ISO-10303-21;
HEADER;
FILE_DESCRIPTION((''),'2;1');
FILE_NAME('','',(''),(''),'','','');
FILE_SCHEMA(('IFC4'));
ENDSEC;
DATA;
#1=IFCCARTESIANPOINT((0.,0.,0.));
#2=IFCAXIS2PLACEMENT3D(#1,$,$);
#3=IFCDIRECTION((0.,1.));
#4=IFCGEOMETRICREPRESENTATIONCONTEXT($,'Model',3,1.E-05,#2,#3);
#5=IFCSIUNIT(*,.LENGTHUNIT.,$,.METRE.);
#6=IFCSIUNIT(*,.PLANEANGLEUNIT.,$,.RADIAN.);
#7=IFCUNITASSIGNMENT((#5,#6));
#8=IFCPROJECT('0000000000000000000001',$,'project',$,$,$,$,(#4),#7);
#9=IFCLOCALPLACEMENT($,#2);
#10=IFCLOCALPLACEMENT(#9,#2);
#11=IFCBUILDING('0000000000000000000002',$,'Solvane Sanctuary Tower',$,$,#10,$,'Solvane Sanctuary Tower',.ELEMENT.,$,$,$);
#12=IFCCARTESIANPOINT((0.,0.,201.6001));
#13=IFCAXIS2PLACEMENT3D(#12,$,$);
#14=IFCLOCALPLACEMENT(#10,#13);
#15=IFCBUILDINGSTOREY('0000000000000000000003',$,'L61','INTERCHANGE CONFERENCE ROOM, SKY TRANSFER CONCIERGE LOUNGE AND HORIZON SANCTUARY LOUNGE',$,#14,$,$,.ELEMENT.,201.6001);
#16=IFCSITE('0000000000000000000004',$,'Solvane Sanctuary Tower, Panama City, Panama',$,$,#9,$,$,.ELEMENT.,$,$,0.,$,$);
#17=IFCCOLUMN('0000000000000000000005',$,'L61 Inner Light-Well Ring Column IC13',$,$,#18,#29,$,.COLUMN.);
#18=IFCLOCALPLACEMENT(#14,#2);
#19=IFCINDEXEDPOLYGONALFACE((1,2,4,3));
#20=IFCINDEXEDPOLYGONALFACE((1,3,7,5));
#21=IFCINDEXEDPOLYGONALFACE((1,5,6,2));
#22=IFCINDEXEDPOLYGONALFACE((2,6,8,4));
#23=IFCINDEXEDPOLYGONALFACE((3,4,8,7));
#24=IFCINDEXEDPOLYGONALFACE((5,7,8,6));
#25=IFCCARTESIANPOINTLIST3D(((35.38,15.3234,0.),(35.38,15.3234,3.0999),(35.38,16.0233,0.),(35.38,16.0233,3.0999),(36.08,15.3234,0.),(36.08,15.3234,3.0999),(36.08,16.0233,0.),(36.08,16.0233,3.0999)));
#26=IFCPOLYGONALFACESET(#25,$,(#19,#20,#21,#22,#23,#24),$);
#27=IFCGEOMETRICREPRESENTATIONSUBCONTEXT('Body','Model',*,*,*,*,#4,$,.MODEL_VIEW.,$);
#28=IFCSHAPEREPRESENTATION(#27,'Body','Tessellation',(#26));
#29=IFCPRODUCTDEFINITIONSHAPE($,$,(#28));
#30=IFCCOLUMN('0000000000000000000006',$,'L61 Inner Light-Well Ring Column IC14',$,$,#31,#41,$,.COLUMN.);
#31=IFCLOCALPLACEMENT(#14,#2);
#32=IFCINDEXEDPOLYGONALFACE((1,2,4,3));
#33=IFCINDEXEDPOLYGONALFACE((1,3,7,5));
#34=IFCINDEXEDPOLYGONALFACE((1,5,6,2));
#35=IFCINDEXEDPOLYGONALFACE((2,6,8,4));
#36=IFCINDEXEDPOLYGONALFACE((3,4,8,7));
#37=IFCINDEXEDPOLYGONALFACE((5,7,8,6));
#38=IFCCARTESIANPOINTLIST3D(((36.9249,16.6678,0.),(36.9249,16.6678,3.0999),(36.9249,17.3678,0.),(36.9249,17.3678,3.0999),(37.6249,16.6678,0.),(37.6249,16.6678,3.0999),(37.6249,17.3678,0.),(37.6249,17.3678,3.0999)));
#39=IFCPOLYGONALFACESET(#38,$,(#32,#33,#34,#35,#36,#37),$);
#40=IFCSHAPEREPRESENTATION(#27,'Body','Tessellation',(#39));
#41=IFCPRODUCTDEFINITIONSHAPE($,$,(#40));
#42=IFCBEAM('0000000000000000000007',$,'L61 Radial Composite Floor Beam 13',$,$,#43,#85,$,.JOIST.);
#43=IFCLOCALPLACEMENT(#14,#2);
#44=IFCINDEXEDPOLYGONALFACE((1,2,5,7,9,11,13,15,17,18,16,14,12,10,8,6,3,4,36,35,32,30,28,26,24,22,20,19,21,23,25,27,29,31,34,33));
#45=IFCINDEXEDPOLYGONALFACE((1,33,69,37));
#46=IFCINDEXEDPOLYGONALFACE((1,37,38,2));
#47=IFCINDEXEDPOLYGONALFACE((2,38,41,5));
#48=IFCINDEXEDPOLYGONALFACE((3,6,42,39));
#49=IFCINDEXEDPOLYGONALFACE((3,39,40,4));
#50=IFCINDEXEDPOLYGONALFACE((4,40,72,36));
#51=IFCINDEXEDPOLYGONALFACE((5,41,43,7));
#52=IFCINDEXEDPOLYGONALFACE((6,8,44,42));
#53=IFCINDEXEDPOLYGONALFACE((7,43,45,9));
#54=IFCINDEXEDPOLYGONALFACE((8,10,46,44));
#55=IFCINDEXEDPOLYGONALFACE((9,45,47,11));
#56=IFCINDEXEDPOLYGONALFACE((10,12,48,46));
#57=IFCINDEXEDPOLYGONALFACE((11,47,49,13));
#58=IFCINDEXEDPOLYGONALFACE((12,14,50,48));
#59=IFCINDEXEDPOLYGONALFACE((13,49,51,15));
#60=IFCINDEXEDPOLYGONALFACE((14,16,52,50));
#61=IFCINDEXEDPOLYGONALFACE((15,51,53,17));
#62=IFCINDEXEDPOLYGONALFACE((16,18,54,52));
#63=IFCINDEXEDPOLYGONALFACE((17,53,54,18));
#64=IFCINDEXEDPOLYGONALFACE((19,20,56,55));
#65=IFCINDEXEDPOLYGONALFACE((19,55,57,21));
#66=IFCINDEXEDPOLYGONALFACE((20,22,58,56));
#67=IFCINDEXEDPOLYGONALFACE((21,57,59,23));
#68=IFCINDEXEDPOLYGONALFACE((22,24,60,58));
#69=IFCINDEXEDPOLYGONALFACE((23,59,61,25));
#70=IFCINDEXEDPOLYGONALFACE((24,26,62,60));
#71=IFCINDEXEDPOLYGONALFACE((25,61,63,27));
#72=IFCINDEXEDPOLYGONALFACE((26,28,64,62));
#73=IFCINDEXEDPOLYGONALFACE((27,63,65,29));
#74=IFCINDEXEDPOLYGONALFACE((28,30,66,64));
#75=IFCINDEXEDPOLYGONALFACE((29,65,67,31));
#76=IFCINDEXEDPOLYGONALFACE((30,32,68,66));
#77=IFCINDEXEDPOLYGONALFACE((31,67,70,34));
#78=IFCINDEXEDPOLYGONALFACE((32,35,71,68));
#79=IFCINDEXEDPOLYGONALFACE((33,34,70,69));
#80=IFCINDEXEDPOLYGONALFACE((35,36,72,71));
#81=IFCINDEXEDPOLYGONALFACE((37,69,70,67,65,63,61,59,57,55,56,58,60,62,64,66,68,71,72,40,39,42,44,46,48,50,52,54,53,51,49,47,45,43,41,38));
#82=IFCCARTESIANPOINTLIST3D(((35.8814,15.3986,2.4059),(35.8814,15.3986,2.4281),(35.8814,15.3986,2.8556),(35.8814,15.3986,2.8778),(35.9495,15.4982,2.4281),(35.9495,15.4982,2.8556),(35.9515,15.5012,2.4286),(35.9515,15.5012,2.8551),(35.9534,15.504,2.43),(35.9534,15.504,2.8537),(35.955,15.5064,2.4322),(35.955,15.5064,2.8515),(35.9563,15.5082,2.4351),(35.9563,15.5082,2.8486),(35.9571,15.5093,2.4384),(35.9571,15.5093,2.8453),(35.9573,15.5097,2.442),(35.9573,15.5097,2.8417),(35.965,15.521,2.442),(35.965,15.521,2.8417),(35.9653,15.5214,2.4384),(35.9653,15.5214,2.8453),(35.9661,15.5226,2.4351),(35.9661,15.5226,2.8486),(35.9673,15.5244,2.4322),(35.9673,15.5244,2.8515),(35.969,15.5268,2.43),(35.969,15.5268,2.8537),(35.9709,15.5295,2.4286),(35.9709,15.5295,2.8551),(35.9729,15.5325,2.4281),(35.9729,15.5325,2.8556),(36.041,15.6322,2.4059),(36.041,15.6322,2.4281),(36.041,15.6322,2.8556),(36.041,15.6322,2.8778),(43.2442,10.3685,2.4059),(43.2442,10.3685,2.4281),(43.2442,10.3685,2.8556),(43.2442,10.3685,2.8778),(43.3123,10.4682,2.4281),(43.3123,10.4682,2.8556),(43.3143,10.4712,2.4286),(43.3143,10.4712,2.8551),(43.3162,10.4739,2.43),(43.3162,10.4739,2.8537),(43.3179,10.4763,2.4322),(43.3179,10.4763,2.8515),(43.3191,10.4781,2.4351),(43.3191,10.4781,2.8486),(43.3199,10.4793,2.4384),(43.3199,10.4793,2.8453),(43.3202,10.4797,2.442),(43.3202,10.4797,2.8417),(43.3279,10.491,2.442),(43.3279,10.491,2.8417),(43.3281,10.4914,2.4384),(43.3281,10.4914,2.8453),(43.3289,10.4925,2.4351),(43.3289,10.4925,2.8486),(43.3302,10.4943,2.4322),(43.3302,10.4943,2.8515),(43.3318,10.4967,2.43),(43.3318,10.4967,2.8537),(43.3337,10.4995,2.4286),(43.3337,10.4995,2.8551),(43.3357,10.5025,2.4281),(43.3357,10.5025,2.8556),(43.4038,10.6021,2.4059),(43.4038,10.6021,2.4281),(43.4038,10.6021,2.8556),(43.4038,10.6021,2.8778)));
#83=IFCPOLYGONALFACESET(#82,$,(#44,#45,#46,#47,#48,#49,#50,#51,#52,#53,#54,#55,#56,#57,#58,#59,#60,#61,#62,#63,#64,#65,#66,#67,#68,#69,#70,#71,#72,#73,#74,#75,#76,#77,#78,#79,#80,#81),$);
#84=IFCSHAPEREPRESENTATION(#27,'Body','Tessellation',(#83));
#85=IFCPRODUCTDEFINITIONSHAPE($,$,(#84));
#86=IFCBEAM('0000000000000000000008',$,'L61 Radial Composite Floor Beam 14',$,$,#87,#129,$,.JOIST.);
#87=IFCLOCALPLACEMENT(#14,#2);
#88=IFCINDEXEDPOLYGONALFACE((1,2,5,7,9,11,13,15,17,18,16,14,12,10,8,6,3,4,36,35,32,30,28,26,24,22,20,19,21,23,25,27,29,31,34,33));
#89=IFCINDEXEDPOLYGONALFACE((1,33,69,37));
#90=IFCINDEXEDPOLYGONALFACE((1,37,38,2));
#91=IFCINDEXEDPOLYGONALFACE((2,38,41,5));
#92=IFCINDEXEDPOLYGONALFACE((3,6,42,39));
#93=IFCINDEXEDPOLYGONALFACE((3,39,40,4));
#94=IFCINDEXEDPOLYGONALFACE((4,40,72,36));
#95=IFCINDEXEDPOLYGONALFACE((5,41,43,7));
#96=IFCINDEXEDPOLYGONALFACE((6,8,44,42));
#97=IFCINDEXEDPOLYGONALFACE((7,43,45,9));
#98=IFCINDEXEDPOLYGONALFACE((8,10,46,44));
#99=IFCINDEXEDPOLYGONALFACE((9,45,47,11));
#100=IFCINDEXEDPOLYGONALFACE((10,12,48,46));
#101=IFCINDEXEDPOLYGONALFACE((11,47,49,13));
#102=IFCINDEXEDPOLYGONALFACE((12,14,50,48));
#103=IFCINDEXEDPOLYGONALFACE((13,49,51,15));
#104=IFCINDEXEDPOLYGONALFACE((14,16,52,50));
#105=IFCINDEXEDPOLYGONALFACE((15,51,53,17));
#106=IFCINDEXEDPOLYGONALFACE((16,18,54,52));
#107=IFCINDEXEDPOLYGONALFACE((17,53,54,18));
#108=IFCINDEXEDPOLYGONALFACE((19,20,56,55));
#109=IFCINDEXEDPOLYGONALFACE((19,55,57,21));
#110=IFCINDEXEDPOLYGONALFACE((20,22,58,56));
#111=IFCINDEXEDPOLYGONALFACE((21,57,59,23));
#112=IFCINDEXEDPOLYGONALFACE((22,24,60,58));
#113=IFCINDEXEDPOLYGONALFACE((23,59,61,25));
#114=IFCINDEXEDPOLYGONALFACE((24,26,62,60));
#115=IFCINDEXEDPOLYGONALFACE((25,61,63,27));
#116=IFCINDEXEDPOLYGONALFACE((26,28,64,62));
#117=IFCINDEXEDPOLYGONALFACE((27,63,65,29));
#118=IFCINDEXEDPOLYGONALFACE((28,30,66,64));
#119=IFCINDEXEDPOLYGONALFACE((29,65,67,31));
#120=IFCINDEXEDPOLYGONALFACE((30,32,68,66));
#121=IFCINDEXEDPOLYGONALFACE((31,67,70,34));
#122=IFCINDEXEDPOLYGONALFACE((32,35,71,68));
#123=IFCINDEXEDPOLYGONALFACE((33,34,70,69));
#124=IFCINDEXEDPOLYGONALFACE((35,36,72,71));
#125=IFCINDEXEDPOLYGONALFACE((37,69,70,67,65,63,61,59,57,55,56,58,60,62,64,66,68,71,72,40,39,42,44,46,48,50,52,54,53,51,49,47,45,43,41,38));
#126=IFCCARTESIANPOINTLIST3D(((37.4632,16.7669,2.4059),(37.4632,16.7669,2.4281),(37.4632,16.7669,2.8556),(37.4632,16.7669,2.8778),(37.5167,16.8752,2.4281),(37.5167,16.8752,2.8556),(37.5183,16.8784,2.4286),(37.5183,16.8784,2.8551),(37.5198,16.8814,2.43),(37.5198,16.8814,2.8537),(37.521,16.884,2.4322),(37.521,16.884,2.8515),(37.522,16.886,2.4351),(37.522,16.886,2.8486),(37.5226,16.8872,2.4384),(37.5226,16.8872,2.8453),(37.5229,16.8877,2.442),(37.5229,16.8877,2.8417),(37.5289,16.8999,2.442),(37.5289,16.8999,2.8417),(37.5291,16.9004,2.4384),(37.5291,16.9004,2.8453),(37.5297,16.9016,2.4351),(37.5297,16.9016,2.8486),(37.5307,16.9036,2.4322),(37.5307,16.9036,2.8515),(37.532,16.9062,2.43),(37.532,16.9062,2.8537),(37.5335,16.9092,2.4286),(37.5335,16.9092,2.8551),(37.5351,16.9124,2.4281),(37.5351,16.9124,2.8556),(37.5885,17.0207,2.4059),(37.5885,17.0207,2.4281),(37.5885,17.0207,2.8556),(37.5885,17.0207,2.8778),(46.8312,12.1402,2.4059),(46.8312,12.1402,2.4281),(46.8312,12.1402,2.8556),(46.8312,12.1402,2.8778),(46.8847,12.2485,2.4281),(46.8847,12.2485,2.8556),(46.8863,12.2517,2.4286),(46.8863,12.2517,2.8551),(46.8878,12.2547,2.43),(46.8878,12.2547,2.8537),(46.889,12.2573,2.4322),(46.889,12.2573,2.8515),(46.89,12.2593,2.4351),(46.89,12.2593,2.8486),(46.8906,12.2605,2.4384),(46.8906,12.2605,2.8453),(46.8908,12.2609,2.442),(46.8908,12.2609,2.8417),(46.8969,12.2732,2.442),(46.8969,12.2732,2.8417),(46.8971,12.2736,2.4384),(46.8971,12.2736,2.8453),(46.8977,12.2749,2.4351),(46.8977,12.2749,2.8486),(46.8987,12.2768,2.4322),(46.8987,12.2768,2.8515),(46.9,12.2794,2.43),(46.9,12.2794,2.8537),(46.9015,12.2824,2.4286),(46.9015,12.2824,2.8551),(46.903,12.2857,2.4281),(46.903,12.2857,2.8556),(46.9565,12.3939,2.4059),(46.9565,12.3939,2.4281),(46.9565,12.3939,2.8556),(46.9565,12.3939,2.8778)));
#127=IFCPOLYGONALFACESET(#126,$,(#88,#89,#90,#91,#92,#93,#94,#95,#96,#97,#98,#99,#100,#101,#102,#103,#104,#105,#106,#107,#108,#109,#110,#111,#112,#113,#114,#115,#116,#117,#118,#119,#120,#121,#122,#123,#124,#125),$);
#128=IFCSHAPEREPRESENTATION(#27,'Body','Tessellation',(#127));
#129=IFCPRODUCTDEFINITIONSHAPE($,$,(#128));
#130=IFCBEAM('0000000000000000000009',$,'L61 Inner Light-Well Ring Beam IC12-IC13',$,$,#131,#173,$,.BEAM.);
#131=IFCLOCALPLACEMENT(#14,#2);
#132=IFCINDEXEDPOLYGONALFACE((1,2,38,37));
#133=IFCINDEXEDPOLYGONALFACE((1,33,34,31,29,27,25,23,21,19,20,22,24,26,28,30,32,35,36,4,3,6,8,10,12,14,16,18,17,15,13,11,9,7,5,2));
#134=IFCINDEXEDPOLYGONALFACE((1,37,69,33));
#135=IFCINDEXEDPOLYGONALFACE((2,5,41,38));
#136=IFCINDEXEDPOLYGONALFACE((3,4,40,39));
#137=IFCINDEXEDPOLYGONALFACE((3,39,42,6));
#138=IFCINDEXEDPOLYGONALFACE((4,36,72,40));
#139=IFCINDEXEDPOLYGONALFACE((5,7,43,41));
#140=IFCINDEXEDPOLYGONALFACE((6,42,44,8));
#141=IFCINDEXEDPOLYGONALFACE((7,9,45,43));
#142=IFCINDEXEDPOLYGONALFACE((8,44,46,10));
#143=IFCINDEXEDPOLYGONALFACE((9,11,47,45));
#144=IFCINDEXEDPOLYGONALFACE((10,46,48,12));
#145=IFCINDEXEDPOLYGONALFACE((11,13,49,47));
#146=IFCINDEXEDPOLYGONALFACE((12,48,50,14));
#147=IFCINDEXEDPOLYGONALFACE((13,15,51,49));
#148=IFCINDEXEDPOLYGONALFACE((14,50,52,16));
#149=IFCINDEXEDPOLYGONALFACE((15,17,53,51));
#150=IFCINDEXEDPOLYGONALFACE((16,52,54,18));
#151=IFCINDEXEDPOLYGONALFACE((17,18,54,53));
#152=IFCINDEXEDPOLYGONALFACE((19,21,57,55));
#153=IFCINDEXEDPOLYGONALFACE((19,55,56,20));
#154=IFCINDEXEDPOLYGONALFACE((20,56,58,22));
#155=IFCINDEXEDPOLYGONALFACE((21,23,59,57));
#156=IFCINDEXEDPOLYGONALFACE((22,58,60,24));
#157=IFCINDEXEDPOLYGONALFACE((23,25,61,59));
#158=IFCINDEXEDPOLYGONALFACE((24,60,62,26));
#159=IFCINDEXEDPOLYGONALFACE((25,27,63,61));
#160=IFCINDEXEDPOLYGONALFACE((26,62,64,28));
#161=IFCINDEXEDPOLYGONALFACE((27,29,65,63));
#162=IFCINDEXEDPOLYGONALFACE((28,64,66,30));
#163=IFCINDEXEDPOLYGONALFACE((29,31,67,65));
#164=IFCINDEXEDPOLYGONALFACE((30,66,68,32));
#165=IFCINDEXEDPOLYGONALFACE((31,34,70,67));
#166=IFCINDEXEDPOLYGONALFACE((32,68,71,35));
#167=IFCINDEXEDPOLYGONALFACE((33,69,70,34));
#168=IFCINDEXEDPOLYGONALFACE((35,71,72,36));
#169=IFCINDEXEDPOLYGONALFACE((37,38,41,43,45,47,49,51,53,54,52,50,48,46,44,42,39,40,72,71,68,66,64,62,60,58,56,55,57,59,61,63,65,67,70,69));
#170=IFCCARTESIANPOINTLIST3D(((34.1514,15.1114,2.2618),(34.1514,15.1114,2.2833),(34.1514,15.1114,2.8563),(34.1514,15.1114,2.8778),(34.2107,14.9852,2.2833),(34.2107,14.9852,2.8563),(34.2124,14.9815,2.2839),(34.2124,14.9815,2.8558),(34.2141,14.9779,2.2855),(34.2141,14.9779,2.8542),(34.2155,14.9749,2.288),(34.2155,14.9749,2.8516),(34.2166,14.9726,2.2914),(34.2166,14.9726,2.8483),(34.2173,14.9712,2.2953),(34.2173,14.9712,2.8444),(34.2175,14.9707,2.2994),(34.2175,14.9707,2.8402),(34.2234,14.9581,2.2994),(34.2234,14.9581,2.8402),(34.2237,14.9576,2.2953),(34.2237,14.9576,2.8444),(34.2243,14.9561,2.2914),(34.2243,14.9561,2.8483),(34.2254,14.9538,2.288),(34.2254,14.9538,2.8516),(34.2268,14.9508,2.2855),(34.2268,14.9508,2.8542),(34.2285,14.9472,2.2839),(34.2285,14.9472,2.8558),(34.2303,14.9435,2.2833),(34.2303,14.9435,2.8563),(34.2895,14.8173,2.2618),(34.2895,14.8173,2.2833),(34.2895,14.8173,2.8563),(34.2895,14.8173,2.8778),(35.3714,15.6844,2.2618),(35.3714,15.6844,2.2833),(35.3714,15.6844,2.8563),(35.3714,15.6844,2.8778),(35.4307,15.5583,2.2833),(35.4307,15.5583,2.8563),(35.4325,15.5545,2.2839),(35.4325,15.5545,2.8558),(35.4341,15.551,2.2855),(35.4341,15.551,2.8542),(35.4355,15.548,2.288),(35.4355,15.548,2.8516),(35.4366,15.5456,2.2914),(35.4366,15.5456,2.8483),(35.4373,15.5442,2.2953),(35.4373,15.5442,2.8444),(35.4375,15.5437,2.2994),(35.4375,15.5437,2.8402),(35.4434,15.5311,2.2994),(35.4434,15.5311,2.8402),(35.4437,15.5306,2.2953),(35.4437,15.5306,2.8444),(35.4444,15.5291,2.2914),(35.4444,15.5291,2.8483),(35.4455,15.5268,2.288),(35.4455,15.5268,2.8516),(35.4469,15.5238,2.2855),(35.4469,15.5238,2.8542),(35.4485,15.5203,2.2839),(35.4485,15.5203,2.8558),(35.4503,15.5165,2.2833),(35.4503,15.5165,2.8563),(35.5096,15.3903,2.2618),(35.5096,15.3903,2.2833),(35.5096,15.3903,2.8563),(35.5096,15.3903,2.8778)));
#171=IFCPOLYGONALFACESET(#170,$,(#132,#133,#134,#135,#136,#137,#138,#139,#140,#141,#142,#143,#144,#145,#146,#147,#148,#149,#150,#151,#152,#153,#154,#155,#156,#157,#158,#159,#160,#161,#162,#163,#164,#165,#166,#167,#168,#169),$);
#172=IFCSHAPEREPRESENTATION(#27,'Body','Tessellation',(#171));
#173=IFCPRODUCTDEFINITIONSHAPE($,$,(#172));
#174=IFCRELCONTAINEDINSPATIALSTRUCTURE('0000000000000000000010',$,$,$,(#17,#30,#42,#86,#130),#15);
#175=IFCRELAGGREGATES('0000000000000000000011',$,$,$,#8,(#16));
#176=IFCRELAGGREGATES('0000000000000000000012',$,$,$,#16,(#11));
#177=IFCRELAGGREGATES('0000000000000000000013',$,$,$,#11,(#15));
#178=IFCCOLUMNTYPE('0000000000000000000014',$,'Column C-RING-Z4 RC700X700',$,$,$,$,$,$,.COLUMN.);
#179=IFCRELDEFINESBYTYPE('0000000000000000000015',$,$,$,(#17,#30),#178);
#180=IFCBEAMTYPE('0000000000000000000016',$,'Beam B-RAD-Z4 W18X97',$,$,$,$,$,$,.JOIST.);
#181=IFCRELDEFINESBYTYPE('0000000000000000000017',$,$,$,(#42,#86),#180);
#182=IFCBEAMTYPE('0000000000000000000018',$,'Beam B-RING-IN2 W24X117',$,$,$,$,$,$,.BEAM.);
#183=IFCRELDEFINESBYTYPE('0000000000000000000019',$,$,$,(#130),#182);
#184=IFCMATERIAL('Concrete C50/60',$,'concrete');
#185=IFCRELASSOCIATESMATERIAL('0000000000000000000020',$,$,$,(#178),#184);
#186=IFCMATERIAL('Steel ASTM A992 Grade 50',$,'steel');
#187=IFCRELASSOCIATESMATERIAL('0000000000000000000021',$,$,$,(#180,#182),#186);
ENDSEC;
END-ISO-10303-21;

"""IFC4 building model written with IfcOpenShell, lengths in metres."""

from ifc_helpers import new_model, si_unit, direction, frame, origin, origin_2d, place, context, subcontext, project, spatial, rectangle, i_section, extrude, material, material_profile, profile_set, type_object, element, save


model = new_model("IFC4")

# Units and contexts
model_context = context("Model", 3, precision=1e-05, world=origin(), true_north=direction((0.0, 1.0)))
body_context = subcontext(model_context, "Body", "Model", "MODEL_VIEW")
ifc_project = project(units=[si_unit("LENGTHUNIT", "METRE"), si_unit("PLANEANGLEUNIT", "RADIAN")], contexts=[model_context])

# Site, building, storey
site_placement = place(None, origin())
site = spatial("IfcSite", under=ifc_project, at=site_placement, Name="Solvane Sanctuary Tower, Panama City, Panama", CompositionType="ELEMENT", RefElevation=0.0)
building_placement = place(site_placement, origin())
building = spatial("IfcBuilding", under=site, at=building_placement, Name="Solvane Sanctuary Tower", LongName="Solvane Sanctuary Tower", CompositionType="ELEMENT")
storey_placement = place(building_placement, frame((0.0, 0.0, 201.6001)))
storey = spatial("IfcBuildingStorey", under=building, at=storey_placement, Name="L61", Description="INTERCHANGE CONFERENCE ROOM, SKY TRANSFER CONCIERGE LOUNGE AND HORIZON SANCTUARY LOUNGE", CompositionType="ELEMENT", Elevation=201.6001)

# Columns
ifc_material_1 = material(Name="Concrete C50/60", Category="concrete")
ifc_material_profile_1 = material_profile(ifc_material_1, rectangle(XDim=0.7, YDim=0.7, at=origin_2d()), Name="RC700X700")
ifc_profile_set_1 = profile_set([ifc_material_profile_1], Name="Concrete C50/60")
column_type = type_object("IfcColumnType", Name="Column C-RING-Z4 RC700X700", PredefinedType="COLUMN", material=ifc_profile_set_1)
for number, where, z_axis, x_axis, name in (
    (1, (35.73, 15.6733, 0.0), (0.0, 0.0, 1.0), (1.0, 0.0, 0.0), "L61 Inner Light-Well Ring Column IC13"),
    (2, (37.2749, 17.0178, 0.0), (0.0, 0.0, 1.0), (1.0, 0.0, 0.0), "L61 Inner Light-Well Ring Column IC14"),
):
    element("IfcColumn", number, at=place(storey_placement, frame(where, z_axis=z_axis, x_axis=x_axis)), inside=storey, type_object=column_type, Name=name, PredefinedType="COLUMN", context=body_context, shape_type="SweptSolid", body=[
        extrude(rectangle(XDim=0.7, YDim=0.7, at=origin_2d()), origin(), (0.0, 0.0, 1.0), 3.0999),
    ])

# Beams
ifc_material_2 = material(Name="Steel ASTM A992 Grade 50", Category="steel")
ifc_material_profile_2 = material_profile(ifc_material_2, i_section(OverallWidth=0.283, OverallDepth=0.4719, WebThickness=0.0137, FlangeThickness=0.0222, FilletRadius=0.0139, at=origin_2d()), Name="W18X97")
ifc_profile_set_2 = profile_set([ifc_material_profile_2], Name="Steel ASTM A992 Grade 50")
beam_type_1 = type_object("IfcBeamType", Name="Beam B-RAD-Z4 W18X97", PredefinedType="JOIST", material=ifc_profile_set_2)
beam_1_placement = place(storey_placement, frame((35.9612, 15.5154, 2.6418), z_axis=(0.825708, -0.564098, 0.0), x_axis=(0.564098, 0.825708, 0.0)))
element("IfcBeam", 3, at=beam_1_placement, inside=storey, type_object=beam_type_1, Name="L61 Radial Composite Floor Beam 13", PredefinedType="JOIST", context=body_context, shape_type="SweptSolid", body=[
    extrude(i_section(OverallWidth=0.283, OverallDepth=0.4719, WebThickness=0.0137, FlangeThickness=0.0222, FilletRadius=0.0139, at=origin_2d()), origin(), (0.0, 0.0, 1.0), 8.917),
])
beam_2_placement = place(storey_placement, frame((37.5259, 16.8938, 2.6418), z_axis=(0.896608, -0.442825, 0.0), x_axis=(0.442825, 0.896608, 0.0)))
element("IfcBeam", 4, at=beam_2_placement, inside=storey, type_object=beam_type_1, Name="L61 Radial Composite Floor Beam 14", PredefinedType="JOIST", context=body_context, shape_type="SweptSolid", body=[
    extrude(i_section(OverallWidth=0.283, OverallDepth=0.4719, WebThickness=0.0137, FlangeThickness=0.0222, FilletRadius=0.0139, at=origin_2d()), origin(), (0.0, 0.0, 1.0), 10.4482),
])
ifc_material_profile_3 = material_profile(ifc_material_2, i_section(OverallWidth=0.325, OverallDepth=0.616, WebThickness=0.0139, FlangeThickness=0.0215, FilletRadius=0.0161, at=origin_2d()), Name="W24X117")
ifc_profile_set_3 = profile_set([ifc_material_profile_3], Name="Steel ASTM A992 Grade 50")
beam_type_2 = type_object("IfcBeamType", Name="Beam B-RING-IN2 W24X117", PredefinedType="BEAM", material=ifc_profile_set_3)
beam_3_placement = place(storey_placement, frame((34.2205, 14.9644, 2.5698), z_axis=(0.905135, 0.425125, 0.0), x_axis=(-0.425125, 0.905135, 0.0)))
element("IfcBeam", 5, at=beam_3_placement, inside=storey, type_object=beam_type_2, Name="L61 Inner Light-Well Ring Beam IC12-IC13", PredefinedType="BEAM", context=body_context, shape_type="SweptSolid", body=[
    extrude(i_section(OverallWidth=0.325, OverallDepth=0.616, WebThickness=0.0139, FlangeThickness=0.0215, FilletRadius=0.0161, at=origin_2d()), origin(), (0.0, 0.0, 1.0), 1.3479),
])

save(model, "model.ifc")
